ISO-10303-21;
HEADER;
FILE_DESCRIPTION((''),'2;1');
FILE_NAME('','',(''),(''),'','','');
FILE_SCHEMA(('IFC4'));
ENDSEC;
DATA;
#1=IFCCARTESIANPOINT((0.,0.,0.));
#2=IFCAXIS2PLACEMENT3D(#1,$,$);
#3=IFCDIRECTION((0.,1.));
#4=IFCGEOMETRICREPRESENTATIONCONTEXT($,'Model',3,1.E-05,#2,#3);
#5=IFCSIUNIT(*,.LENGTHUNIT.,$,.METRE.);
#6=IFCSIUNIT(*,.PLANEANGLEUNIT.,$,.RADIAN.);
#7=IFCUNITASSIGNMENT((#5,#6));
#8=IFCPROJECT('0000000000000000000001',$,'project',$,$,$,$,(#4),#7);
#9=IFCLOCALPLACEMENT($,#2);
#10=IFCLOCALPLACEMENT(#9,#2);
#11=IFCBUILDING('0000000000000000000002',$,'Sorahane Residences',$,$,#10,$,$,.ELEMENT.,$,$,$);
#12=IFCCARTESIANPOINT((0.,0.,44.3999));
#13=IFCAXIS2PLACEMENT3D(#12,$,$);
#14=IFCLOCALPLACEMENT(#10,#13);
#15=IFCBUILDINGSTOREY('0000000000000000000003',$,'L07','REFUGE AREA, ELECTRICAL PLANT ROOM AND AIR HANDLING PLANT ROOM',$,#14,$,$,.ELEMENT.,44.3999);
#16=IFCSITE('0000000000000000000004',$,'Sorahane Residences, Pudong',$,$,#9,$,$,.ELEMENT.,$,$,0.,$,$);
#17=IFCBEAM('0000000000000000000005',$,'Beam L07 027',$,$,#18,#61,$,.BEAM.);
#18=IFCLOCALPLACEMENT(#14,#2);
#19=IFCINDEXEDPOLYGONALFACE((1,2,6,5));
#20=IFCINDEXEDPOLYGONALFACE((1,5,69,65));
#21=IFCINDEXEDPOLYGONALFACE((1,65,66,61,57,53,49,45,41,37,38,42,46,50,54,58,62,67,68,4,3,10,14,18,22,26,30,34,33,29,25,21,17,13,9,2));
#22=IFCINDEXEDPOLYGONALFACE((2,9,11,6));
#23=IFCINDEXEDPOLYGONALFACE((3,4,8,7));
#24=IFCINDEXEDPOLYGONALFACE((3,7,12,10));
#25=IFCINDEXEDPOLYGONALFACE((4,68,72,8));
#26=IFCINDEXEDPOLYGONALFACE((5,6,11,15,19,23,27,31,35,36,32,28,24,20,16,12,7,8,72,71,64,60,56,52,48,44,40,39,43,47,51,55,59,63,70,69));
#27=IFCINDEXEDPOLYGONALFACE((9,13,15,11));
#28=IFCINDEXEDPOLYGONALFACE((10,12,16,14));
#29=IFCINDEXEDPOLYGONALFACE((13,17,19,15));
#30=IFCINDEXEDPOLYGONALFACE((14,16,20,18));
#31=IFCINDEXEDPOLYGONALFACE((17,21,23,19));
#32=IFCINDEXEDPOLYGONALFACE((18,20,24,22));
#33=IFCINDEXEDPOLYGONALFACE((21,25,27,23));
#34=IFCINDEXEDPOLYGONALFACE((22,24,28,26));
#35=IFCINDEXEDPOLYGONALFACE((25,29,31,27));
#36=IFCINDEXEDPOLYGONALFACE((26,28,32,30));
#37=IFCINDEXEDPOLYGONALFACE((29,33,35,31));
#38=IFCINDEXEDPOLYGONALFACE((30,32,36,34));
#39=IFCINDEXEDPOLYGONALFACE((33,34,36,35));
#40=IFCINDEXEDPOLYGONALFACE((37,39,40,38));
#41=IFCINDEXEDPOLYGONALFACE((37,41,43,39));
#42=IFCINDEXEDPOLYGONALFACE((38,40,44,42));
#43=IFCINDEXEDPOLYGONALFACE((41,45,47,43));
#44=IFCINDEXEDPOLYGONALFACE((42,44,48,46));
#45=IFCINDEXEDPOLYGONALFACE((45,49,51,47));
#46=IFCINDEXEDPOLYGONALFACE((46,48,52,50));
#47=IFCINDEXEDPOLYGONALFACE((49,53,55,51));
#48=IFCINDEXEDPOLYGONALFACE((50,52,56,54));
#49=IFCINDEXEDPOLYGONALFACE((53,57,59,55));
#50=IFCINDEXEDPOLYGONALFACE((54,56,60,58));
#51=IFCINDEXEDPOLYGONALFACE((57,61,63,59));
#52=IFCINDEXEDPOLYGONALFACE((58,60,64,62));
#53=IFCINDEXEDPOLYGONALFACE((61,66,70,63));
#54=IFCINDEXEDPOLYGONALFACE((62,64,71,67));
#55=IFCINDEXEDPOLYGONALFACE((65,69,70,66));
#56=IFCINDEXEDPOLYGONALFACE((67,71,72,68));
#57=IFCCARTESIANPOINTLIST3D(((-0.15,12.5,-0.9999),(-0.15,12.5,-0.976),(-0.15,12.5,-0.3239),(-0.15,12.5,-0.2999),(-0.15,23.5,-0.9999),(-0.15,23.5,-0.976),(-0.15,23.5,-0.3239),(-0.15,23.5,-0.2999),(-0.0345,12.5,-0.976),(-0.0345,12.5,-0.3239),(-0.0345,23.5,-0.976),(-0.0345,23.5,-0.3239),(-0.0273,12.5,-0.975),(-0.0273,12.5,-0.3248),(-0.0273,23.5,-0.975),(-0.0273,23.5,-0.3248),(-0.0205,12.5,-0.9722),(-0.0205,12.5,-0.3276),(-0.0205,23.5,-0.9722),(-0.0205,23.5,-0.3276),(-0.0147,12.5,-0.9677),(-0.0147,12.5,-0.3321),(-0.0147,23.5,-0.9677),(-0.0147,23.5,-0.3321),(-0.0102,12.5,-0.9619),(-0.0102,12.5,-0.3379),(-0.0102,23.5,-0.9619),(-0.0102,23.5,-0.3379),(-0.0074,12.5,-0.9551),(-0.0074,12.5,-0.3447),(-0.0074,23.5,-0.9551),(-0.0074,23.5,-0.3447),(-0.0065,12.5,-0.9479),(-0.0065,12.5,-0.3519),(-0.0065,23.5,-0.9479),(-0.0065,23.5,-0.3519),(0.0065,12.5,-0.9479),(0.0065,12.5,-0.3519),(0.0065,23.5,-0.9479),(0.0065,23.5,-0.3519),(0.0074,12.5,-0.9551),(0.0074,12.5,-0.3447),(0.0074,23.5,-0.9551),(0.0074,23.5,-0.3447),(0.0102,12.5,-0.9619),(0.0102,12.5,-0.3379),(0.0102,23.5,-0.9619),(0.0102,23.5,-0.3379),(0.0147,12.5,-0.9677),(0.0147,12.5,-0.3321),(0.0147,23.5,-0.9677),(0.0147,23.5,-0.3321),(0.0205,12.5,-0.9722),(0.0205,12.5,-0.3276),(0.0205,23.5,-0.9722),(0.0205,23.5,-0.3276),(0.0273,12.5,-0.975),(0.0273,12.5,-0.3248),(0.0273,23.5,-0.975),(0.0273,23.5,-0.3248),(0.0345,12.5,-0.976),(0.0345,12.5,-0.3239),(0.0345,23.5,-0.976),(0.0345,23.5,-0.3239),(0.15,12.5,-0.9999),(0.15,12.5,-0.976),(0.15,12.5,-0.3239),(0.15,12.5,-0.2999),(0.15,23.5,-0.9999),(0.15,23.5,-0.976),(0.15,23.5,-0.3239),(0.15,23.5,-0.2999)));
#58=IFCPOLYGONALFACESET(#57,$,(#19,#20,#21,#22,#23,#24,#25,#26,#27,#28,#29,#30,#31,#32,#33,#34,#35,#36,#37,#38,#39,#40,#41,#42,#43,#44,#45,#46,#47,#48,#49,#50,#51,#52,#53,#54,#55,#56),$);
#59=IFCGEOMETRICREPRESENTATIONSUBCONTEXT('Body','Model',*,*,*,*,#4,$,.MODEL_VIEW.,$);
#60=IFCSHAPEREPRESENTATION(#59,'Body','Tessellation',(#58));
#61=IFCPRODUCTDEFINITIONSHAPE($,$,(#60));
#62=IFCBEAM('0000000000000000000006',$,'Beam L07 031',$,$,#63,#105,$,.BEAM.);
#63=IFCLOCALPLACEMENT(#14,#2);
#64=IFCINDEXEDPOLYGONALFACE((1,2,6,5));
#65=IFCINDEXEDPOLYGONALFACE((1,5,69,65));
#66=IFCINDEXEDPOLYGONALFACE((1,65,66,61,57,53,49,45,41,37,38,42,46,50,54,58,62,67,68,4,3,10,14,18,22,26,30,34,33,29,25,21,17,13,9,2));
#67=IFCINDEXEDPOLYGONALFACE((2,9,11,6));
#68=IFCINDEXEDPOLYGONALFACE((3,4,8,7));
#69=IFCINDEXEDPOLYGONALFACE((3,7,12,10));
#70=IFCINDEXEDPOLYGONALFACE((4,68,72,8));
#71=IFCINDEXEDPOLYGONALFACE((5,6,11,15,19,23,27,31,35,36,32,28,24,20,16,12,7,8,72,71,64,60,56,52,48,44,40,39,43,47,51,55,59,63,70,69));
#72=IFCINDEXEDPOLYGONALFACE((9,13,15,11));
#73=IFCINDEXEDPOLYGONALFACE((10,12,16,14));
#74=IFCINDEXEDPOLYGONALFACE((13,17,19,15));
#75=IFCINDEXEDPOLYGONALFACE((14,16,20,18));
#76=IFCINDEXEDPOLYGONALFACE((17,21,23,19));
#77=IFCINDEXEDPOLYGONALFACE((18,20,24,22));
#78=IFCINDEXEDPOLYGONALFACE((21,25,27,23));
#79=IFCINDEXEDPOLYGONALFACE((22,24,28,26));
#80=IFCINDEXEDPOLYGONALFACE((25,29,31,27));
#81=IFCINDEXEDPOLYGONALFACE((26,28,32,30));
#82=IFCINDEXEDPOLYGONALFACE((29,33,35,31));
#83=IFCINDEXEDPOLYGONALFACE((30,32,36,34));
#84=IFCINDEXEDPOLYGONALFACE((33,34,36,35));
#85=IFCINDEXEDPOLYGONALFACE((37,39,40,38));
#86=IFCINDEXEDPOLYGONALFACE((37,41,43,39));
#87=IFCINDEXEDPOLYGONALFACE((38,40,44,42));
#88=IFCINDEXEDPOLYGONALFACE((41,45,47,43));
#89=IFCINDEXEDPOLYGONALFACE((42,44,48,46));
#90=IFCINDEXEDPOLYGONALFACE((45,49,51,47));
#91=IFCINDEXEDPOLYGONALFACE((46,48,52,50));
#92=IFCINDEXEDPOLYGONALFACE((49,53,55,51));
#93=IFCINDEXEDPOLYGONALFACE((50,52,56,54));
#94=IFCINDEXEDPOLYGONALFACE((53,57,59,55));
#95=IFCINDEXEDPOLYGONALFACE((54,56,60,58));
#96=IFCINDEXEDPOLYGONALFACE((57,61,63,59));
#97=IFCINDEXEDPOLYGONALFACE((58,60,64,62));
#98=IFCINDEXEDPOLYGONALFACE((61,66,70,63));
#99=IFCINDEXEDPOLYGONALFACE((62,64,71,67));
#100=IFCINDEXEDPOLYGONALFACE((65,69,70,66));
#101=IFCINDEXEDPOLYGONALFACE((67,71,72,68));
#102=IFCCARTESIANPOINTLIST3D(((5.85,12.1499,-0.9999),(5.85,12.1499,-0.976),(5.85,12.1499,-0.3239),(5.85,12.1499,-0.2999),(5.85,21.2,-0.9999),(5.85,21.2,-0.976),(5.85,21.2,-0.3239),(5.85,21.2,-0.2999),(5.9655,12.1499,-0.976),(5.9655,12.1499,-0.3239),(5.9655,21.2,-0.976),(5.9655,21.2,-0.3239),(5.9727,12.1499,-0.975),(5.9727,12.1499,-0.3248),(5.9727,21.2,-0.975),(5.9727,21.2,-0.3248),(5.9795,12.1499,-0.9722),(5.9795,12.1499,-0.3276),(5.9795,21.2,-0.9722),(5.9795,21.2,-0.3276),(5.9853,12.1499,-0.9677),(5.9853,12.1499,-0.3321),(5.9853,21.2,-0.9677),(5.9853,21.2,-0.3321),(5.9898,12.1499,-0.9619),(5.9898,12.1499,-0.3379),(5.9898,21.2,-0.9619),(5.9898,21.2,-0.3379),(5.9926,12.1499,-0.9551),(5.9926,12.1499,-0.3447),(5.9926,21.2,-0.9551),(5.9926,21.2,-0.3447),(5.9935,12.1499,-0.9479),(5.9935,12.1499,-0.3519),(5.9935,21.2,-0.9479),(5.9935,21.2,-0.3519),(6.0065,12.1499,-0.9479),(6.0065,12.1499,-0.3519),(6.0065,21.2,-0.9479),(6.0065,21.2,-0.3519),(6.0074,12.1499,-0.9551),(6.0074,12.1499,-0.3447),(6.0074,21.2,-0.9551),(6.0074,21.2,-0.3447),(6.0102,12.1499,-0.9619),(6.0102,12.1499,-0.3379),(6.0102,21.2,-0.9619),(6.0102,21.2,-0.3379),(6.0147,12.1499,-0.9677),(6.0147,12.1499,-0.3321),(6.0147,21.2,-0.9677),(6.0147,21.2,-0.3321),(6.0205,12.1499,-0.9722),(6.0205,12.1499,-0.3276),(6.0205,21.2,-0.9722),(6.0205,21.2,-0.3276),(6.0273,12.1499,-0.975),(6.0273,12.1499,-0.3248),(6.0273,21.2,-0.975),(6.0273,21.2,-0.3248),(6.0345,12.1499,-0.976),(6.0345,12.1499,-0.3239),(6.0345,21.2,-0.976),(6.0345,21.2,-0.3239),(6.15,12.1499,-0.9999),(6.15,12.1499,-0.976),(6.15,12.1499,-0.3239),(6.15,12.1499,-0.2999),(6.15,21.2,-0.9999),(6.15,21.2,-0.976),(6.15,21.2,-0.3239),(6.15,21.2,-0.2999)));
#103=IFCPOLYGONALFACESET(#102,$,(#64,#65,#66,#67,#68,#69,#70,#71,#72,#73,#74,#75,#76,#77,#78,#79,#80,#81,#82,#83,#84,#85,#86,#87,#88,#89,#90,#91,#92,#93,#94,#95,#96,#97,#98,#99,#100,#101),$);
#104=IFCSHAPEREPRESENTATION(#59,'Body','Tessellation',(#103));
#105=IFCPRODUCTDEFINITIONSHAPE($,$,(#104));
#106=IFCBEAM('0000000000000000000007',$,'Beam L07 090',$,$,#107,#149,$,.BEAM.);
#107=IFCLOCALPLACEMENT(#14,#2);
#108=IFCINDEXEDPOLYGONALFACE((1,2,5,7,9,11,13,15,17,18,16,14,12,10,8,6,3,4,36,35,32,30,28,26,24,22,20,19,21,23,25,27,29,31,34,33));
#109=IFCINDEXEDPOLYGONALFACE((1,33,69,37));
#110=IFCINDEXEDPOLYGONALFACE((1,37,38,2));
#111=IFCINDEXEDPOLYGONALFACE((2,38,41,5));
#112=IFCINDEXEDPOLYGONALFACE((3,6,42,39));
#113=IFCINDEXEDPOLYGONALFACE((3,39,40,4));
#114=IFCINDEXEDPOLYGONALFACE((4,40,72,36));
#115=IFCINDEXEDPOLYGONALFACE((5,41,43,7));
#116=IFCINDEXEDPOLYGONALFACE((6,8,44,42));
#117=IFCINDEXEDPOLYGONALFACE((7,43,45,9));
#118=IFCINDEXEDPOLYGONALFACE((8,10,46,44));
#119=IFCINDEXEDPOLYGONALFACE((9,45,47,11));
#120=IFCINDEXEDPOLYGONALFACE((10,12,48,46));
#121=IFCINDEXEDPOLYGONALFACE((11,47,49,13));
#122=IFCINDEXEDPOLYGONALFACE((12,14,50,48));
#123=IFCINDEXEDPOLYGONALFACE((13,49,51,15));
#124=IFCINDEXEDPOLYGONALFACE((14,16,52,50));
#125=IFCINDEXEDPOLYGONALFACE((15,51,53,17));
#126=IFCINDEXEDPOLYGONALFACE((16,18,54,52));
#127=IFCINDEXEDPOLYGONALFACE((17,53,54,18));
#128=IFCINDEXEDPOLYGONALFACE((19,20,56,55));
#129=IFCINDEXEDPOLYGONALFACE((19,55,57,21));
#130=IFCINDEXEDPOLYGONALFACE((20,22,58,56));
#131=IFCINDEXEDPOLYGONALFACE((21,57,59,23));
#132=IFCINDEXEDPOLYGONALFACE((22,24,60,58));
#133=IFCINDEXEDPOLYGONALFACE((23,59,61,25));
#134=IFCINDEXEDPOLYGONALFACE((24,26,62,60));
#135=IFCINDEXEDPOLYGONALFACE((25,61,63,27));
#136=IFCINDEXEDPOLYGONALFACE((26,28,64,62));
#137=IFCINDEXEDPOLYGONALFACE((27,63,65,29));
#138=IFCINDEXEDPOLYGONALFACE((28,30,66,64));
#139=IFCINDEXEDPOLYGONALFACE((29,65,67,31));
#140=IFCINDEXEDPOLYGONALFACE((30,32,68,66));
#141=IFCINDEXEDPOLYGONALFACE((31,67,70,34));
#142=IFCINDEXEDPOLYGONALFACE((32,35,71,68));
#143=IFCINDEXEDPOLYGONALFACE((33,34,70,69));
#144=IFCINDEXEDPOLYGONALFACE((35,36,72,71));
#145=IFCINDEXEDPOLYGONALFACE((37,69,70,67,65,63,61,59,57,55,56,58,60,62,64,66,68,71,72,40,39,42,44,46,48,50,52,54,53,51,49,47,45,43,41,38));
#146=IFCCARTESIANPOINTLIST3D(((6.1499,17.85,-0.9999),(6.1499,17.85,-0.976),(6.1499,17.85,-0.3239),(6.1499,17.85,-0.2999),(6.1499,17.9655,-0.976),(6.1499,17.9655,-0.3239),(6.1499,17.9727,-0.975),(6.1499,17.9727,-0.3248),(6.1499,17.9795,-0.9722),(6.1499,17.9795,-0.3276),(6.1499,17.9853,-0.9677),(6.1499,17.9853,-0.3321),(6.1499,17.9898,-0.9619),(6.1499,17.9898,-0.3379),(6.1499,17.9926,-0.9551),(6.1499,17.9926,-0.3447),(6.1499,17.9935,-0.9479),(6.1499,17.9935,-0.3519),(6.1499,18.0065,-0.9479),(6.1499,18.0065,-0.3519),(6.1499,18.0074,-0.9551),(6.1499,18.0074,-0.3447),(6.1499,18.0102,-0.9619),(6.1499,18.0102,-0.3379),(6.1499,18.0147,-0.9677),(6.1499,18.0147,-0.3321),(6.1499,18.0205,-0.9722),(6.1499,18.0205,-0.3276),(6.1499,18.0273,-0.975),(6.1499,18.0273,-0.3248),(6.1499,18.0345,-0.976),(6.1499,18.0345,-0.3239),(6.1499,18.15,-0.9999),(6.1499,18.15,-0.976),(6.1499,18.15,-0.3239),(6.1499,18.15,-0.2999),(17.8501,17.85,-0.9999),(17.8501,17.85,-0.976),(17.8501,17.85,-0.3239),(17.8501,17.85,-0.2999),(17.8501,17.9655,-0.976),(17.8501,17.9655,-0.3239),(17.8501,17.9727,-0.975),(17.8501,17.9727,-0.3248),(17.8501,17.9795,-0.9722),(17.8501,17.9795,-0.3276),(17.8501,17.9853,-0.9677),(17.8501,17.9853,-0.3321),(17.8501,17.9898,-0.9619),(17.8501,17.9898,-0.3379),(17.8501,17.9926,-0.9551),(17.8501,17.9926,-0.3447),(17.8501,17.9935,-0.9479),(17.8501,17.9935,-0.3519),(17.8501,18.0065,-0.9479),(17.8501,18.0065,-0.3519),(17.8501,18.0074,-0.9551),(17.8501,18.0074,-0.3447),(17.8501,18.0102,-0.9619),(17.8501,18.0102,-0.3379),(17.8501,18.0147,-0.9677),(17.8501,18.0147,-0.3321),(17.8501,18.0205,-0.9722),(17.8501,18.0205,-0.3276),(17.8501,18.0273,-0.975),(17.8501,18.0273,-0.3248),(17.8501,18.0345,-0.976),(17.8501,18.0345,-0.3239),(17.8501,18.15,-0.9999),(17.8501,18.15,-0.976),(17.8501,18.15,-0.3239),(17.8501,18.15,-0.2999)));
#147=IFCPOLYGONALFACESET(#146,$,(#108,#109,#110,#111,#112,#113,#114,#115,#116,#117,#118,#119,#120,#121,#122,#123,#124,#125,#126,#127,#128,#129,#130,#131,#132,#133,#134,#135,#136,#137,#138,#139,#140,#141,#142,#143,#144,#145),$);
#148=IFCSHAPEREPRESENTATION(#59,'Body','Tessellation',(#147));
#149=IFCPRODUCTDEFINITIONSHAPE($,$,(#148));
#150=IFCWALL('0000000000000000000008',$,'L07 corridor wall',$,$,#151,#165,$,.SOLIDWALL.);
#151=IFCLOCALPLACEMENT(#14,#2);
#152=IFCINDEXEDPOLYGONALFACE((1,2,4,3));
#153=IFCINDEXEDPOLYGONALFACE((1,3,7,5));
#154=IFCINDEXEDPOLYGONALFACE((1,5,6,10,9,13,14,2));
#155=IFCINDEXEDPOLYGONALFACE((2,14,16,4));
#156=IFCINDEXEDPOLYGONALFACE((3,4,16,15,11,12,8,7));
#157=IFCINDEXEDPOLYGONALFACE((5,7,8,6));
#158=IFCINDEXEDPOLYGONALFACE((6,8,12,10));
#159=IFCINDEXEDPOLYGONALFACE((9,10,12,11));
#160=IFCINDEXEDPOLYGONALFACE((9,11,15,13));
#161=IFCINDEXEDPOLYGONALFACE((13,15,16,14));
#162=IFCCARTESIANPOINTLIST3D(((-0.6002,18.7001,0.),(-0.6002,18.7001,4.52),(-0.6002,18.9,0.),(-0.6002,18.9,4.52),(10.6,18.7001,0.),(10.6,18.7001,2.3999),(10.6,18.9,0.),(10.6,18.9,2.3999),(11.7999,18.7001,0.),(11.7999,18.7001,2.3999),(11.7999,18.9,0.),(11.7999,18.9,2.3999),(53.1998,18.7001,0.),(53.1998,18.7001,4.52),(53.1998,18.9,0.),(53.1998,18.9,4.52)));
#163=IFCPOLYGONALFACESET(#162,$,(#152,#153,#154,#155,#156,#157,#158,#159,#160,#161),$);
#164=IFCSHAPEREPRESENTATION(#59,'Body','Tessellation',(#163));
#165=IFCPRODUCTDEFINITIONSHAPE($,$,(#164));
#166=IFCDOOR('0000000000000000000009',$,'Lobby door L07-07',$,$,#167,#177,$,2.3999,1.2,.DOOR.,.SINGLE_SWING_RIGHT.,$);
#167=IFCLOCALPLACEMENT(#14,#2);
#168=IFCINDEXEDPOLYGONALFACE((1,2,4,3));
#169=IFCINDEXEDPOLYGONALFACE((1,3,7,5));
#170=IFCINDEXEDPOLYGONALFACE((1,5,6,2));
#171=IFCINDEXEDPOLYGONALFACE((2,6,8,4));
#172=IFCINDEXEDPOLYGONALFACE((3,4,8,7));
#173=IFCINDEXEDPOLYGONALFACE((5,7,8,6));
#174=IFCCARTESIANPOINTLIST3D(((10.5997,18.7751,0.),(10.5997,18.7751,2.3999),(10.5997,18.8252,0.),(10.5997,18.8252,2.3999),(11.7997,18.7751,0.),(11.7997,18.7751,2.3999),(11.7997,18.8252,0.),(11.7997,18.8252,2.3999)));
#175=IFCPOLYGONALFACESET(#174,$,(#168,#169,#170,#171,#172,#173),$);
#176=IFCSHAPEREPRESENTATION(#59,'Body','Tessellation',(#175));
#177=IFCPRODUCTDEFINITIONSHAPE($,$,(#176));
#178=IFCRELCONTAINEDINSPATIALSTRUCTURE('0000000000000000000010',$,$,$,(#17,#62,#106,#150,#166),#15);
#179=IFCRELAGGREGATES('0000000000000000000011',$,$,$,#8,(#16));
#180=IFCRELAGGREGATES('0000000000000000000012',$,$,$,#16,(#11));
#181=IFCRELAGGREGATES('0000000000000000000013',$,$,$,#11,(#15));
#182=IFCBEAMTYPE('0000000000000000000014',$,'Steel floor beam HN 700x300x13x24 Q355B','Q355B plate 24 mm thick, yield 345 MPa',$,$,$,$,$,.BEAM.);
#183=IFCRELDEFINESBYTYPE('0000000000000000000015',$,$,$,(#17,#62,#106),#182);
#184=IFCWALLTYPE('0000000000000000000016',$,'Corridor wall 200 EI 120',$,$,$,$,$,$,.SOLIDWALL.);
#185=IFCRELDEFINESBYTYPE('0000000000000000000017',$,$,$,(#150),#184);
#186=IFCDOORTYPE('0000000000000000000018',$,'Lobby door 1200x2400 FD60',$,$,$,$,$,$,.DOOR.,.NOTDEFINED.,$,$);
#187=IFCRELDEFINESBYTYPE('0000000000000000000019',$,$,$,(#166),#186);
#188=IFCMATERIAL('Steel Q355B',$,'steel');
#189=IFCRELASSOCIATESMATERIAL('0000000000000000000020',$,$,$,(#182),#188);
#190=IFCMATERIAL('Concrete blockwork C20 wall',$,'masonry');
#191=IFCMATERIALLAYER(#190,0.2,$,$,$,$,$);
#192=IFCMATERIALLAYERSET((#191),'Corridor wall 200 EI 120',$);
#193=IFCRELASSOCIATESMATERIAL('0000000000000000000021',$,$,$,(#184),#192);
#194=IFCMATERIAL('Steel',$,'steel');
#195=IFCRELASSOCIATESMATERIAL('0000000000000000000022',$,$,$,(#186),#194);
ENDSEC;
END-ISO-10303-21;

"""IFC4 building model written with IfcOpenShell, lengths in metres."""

from ifc_helpers import new_model, si_unit, direction, frame, frame_2d, origin, origin_2d, place, context, subcontext, project, spatial, rectangle, i_section, extrude, material, layer, layer_set, material_profile, profile_set, type_object, element, fill, save


model = new_model("IFC4")

# Units and contexts
model_context = context("Model", 3, precision=1e-05, world=origin(), true_north=direction((0.0, 1.0)))
body_context = subcontext(model_context, "Body", "Model", "MODEL_VIEW")
ifc_project = project(units=[si_unit("LENGTHUNIT", "METRE"), si_unit("PLANEANGLEUNIT", "RADIAN")], contexts=[model_context])

# Site, building, storey
site_placement = place(None, origin())
site = spatial("IfcSite", under=ifc_project, at=site_placement, Name="Sorahane Residences, Pudong", CompositionType="ELEMENT", RefElevation=0.0)
building_placement = place(site_placement, origin())
building = spatial("IfcBuilding", under=site, at=building_placement, Name="Sorahane Residences", CompositionType="ELEMENT")
storey_placement = place(building_placement, frame((0.0, 0.0, 44.3999)))
storey = spatial("IfcBuildingStorey", under=building, at=storey_placement, Name="L07", Description="REFUGE AREA, ELECTRICAL PLANT ROOM AND AIR HANDLING PLANT ROOM", CompositionType="ELEMENT", Elevation=44.3999)

# Beams
ifc_material_1 = material(Name="Steel Q355B", Category="steel")
ifc_material_profile_1 = material_profile(ifc_material_1, i_section(OverallWidth=0.3, OverallDepth=0.7, WebThickness=0.0129, FlangeThickness=0.0239, FilletRadius=0.0281, at=origin_2d()), Name="HN 700x300x13x24")
ifc_profile_set_1 = profile_set([ifc_material_profile_1], Name="Steel Q355B")
beam_type_1 = type_object("IfcBeamType", Name="Steel floor beam HN 700x300x13x24 Q355B", Description="Q355B plate 24 mm thick, yield 345 MPa", PredefinedType="BEAM", material=ifc_profile_set_1)
beam_1_placement = place(storey_placement, frame((0.0, 12.5, -0.6499), z_axis=(0.0, 1.0, 0.0), x_axis=(-1.0, 0.0, 0.0)))
element("IfcBeam", 1, at=beam_1_placement, inside=storey, type_object=beam_type_1, Name="Beam L07 027", PredefinedType="BEAM", context=body_context, shape_type="SweptSolid", body=[
    extrude(i_section(OverallWidth=0.3, OverallDepth=0.7, WebThickness=0.0129, FlangeThickness=0.0239, FilletRadius=0.0281, at=origin_2d()), origin(), (0.0, 0.0, 1.0), 11.0),
])
beam_2_placement = place(storey_placement, frame((6.0, 12.1499, -0.6499), z_axis=(0.0, 1.0, 0.0), x_axis=(-1.0, 0.0, 0.0)))
element("IfcBeam", 2, at=beam_2_placement, inside=storey, type_object=beam_type_1, Name="Beam L07 031", PredefinedType="BEAM", context=body_context, shape_type="SweptSolid", body=[
    extrude(i_section(OverallWidth=0.3, OverallDepth=0.7, WebThickness=0.0129, FlangeThickness=0.0239, FilletRadius=0.0281, at=origin_2d()), origin(), (0.0, 0.0, 1.0), 9.05),
])
beam_3_placement = place(storey_placement, frame((6.1499, 18.0, -0.6499), z_axis=(1.0, 0.0, 0.0), x_axis=(0.0, 1.0, 0.0)))
element("IfcBeam", 3, at=beam_3_placement, inside=storey, type_object=beam_type_1, Name="Beam L07 090", PredefinedType="BEAM", context=body_context, shape_type="SweptSolid", body=[
    extrude(i_section(OverallWidth=0.3, OverallDepth=0.7, WebThickness=0.0129, FlangeThickness=0.0239, FilletRadius=0.0281, at=origin_2d()), origin(), (0.0, 0.0, 1.0), 11.7002),
])

# Wall, opening, door
ifc_material_2 = material(Name="Concrete blockwork C20 wall", Category="masonry")
ifc_layer_1 = layer(ifc_material_2, 0.2)
ifc_layer_set_1 = layer_set([ifc_layer_1], Name="Corridor wall 200 EI 120")
wall_type_1 = type_object("IfcWallType", Name="Corridor wall 200 EI 120", PredefinedType="SOLIDWALL", material=ifc_layer_set_1)
wall_1_placement = place(storey_placement, frame((-0.6001, 18.8, 0.0), z_axis=(0.0, 0.0, 1.0), x_axis=(1.0, 0.0, 0.0)))
wall_1 = element("IfcWall", 4, at=wall_1_placement, inside=storey, type_object=wall_type_1, Name="L07 corridor wall", PredefinedType="SOLIDWALL", context=body_context, shape_type="SweptSolid", body=[
    extrude(rectangle(XDim=53.8, YDim=0.2, at=frame_2d((26.8999, 0.0))), origin(), (0.0, 0.0, 1.0), 4.52),
])
opening_1_placement = place(wall_1_placement, frame((11.2, 0.0, 0.0)))
opening_1 = element("IfcOpeningElement", 5, at=opening_1_placement, cuts=wall_1, PredefinedType="OPENING", context=body_context, shape_type="SweptSolid", body=[
    extrude(rectangle(XDim=1.2, YDim=2.3999, at=frame_2d((0.6001, 1.2))), frame((0.0, 0.1099, 0.0), z_axis=(0.0, -1.0, 0.0), x_axis=(1.0, 0.0, 0.0)), (0.0, 0.0, 1.0), 0.22),
])
ifc_material_3 = material(Name="Steel", Category="steel")
door_type_1 = type_object("IfcDoorType", Name="Lobby door 1200x2400 FD60", OperationType="NOTDEFINED", PredefinedType="DOOR", material=ifc_material_3)
door_1_placement = place(opening_1_placement, frame((1.2, 0.0, 0.0), z_axis=(0.0, 0.0, 1.0), x_axis=(-1.0, 0.0, 0.0)))
door_1 = element("IfcDoor", 6, at=door_1_placement, inside=storey, type_object=door_type_1, Name="Lobby door L07-07", OperationType="SINGLE_SWING_RIGHT", OverallHeight=2.3999, OverallWidth=1.2, PredefinedType="DOOR", context=body_context, shape_type="SweptSolid", body=[
    extrude(rectangle(XDim=1.2, YDim=2.3999, at=frame_2d((0.6001, 1.2))), frame((0.0, 0.0249, 0.0), z_axis=(0.0, -1.0, 0.0), x_axis=(1.0, 0.0, 0.0)), (0.0, 0.0, 1.0), 0.05),
])
fill(opening_1, door_1)

save(model, "model.ifc")
